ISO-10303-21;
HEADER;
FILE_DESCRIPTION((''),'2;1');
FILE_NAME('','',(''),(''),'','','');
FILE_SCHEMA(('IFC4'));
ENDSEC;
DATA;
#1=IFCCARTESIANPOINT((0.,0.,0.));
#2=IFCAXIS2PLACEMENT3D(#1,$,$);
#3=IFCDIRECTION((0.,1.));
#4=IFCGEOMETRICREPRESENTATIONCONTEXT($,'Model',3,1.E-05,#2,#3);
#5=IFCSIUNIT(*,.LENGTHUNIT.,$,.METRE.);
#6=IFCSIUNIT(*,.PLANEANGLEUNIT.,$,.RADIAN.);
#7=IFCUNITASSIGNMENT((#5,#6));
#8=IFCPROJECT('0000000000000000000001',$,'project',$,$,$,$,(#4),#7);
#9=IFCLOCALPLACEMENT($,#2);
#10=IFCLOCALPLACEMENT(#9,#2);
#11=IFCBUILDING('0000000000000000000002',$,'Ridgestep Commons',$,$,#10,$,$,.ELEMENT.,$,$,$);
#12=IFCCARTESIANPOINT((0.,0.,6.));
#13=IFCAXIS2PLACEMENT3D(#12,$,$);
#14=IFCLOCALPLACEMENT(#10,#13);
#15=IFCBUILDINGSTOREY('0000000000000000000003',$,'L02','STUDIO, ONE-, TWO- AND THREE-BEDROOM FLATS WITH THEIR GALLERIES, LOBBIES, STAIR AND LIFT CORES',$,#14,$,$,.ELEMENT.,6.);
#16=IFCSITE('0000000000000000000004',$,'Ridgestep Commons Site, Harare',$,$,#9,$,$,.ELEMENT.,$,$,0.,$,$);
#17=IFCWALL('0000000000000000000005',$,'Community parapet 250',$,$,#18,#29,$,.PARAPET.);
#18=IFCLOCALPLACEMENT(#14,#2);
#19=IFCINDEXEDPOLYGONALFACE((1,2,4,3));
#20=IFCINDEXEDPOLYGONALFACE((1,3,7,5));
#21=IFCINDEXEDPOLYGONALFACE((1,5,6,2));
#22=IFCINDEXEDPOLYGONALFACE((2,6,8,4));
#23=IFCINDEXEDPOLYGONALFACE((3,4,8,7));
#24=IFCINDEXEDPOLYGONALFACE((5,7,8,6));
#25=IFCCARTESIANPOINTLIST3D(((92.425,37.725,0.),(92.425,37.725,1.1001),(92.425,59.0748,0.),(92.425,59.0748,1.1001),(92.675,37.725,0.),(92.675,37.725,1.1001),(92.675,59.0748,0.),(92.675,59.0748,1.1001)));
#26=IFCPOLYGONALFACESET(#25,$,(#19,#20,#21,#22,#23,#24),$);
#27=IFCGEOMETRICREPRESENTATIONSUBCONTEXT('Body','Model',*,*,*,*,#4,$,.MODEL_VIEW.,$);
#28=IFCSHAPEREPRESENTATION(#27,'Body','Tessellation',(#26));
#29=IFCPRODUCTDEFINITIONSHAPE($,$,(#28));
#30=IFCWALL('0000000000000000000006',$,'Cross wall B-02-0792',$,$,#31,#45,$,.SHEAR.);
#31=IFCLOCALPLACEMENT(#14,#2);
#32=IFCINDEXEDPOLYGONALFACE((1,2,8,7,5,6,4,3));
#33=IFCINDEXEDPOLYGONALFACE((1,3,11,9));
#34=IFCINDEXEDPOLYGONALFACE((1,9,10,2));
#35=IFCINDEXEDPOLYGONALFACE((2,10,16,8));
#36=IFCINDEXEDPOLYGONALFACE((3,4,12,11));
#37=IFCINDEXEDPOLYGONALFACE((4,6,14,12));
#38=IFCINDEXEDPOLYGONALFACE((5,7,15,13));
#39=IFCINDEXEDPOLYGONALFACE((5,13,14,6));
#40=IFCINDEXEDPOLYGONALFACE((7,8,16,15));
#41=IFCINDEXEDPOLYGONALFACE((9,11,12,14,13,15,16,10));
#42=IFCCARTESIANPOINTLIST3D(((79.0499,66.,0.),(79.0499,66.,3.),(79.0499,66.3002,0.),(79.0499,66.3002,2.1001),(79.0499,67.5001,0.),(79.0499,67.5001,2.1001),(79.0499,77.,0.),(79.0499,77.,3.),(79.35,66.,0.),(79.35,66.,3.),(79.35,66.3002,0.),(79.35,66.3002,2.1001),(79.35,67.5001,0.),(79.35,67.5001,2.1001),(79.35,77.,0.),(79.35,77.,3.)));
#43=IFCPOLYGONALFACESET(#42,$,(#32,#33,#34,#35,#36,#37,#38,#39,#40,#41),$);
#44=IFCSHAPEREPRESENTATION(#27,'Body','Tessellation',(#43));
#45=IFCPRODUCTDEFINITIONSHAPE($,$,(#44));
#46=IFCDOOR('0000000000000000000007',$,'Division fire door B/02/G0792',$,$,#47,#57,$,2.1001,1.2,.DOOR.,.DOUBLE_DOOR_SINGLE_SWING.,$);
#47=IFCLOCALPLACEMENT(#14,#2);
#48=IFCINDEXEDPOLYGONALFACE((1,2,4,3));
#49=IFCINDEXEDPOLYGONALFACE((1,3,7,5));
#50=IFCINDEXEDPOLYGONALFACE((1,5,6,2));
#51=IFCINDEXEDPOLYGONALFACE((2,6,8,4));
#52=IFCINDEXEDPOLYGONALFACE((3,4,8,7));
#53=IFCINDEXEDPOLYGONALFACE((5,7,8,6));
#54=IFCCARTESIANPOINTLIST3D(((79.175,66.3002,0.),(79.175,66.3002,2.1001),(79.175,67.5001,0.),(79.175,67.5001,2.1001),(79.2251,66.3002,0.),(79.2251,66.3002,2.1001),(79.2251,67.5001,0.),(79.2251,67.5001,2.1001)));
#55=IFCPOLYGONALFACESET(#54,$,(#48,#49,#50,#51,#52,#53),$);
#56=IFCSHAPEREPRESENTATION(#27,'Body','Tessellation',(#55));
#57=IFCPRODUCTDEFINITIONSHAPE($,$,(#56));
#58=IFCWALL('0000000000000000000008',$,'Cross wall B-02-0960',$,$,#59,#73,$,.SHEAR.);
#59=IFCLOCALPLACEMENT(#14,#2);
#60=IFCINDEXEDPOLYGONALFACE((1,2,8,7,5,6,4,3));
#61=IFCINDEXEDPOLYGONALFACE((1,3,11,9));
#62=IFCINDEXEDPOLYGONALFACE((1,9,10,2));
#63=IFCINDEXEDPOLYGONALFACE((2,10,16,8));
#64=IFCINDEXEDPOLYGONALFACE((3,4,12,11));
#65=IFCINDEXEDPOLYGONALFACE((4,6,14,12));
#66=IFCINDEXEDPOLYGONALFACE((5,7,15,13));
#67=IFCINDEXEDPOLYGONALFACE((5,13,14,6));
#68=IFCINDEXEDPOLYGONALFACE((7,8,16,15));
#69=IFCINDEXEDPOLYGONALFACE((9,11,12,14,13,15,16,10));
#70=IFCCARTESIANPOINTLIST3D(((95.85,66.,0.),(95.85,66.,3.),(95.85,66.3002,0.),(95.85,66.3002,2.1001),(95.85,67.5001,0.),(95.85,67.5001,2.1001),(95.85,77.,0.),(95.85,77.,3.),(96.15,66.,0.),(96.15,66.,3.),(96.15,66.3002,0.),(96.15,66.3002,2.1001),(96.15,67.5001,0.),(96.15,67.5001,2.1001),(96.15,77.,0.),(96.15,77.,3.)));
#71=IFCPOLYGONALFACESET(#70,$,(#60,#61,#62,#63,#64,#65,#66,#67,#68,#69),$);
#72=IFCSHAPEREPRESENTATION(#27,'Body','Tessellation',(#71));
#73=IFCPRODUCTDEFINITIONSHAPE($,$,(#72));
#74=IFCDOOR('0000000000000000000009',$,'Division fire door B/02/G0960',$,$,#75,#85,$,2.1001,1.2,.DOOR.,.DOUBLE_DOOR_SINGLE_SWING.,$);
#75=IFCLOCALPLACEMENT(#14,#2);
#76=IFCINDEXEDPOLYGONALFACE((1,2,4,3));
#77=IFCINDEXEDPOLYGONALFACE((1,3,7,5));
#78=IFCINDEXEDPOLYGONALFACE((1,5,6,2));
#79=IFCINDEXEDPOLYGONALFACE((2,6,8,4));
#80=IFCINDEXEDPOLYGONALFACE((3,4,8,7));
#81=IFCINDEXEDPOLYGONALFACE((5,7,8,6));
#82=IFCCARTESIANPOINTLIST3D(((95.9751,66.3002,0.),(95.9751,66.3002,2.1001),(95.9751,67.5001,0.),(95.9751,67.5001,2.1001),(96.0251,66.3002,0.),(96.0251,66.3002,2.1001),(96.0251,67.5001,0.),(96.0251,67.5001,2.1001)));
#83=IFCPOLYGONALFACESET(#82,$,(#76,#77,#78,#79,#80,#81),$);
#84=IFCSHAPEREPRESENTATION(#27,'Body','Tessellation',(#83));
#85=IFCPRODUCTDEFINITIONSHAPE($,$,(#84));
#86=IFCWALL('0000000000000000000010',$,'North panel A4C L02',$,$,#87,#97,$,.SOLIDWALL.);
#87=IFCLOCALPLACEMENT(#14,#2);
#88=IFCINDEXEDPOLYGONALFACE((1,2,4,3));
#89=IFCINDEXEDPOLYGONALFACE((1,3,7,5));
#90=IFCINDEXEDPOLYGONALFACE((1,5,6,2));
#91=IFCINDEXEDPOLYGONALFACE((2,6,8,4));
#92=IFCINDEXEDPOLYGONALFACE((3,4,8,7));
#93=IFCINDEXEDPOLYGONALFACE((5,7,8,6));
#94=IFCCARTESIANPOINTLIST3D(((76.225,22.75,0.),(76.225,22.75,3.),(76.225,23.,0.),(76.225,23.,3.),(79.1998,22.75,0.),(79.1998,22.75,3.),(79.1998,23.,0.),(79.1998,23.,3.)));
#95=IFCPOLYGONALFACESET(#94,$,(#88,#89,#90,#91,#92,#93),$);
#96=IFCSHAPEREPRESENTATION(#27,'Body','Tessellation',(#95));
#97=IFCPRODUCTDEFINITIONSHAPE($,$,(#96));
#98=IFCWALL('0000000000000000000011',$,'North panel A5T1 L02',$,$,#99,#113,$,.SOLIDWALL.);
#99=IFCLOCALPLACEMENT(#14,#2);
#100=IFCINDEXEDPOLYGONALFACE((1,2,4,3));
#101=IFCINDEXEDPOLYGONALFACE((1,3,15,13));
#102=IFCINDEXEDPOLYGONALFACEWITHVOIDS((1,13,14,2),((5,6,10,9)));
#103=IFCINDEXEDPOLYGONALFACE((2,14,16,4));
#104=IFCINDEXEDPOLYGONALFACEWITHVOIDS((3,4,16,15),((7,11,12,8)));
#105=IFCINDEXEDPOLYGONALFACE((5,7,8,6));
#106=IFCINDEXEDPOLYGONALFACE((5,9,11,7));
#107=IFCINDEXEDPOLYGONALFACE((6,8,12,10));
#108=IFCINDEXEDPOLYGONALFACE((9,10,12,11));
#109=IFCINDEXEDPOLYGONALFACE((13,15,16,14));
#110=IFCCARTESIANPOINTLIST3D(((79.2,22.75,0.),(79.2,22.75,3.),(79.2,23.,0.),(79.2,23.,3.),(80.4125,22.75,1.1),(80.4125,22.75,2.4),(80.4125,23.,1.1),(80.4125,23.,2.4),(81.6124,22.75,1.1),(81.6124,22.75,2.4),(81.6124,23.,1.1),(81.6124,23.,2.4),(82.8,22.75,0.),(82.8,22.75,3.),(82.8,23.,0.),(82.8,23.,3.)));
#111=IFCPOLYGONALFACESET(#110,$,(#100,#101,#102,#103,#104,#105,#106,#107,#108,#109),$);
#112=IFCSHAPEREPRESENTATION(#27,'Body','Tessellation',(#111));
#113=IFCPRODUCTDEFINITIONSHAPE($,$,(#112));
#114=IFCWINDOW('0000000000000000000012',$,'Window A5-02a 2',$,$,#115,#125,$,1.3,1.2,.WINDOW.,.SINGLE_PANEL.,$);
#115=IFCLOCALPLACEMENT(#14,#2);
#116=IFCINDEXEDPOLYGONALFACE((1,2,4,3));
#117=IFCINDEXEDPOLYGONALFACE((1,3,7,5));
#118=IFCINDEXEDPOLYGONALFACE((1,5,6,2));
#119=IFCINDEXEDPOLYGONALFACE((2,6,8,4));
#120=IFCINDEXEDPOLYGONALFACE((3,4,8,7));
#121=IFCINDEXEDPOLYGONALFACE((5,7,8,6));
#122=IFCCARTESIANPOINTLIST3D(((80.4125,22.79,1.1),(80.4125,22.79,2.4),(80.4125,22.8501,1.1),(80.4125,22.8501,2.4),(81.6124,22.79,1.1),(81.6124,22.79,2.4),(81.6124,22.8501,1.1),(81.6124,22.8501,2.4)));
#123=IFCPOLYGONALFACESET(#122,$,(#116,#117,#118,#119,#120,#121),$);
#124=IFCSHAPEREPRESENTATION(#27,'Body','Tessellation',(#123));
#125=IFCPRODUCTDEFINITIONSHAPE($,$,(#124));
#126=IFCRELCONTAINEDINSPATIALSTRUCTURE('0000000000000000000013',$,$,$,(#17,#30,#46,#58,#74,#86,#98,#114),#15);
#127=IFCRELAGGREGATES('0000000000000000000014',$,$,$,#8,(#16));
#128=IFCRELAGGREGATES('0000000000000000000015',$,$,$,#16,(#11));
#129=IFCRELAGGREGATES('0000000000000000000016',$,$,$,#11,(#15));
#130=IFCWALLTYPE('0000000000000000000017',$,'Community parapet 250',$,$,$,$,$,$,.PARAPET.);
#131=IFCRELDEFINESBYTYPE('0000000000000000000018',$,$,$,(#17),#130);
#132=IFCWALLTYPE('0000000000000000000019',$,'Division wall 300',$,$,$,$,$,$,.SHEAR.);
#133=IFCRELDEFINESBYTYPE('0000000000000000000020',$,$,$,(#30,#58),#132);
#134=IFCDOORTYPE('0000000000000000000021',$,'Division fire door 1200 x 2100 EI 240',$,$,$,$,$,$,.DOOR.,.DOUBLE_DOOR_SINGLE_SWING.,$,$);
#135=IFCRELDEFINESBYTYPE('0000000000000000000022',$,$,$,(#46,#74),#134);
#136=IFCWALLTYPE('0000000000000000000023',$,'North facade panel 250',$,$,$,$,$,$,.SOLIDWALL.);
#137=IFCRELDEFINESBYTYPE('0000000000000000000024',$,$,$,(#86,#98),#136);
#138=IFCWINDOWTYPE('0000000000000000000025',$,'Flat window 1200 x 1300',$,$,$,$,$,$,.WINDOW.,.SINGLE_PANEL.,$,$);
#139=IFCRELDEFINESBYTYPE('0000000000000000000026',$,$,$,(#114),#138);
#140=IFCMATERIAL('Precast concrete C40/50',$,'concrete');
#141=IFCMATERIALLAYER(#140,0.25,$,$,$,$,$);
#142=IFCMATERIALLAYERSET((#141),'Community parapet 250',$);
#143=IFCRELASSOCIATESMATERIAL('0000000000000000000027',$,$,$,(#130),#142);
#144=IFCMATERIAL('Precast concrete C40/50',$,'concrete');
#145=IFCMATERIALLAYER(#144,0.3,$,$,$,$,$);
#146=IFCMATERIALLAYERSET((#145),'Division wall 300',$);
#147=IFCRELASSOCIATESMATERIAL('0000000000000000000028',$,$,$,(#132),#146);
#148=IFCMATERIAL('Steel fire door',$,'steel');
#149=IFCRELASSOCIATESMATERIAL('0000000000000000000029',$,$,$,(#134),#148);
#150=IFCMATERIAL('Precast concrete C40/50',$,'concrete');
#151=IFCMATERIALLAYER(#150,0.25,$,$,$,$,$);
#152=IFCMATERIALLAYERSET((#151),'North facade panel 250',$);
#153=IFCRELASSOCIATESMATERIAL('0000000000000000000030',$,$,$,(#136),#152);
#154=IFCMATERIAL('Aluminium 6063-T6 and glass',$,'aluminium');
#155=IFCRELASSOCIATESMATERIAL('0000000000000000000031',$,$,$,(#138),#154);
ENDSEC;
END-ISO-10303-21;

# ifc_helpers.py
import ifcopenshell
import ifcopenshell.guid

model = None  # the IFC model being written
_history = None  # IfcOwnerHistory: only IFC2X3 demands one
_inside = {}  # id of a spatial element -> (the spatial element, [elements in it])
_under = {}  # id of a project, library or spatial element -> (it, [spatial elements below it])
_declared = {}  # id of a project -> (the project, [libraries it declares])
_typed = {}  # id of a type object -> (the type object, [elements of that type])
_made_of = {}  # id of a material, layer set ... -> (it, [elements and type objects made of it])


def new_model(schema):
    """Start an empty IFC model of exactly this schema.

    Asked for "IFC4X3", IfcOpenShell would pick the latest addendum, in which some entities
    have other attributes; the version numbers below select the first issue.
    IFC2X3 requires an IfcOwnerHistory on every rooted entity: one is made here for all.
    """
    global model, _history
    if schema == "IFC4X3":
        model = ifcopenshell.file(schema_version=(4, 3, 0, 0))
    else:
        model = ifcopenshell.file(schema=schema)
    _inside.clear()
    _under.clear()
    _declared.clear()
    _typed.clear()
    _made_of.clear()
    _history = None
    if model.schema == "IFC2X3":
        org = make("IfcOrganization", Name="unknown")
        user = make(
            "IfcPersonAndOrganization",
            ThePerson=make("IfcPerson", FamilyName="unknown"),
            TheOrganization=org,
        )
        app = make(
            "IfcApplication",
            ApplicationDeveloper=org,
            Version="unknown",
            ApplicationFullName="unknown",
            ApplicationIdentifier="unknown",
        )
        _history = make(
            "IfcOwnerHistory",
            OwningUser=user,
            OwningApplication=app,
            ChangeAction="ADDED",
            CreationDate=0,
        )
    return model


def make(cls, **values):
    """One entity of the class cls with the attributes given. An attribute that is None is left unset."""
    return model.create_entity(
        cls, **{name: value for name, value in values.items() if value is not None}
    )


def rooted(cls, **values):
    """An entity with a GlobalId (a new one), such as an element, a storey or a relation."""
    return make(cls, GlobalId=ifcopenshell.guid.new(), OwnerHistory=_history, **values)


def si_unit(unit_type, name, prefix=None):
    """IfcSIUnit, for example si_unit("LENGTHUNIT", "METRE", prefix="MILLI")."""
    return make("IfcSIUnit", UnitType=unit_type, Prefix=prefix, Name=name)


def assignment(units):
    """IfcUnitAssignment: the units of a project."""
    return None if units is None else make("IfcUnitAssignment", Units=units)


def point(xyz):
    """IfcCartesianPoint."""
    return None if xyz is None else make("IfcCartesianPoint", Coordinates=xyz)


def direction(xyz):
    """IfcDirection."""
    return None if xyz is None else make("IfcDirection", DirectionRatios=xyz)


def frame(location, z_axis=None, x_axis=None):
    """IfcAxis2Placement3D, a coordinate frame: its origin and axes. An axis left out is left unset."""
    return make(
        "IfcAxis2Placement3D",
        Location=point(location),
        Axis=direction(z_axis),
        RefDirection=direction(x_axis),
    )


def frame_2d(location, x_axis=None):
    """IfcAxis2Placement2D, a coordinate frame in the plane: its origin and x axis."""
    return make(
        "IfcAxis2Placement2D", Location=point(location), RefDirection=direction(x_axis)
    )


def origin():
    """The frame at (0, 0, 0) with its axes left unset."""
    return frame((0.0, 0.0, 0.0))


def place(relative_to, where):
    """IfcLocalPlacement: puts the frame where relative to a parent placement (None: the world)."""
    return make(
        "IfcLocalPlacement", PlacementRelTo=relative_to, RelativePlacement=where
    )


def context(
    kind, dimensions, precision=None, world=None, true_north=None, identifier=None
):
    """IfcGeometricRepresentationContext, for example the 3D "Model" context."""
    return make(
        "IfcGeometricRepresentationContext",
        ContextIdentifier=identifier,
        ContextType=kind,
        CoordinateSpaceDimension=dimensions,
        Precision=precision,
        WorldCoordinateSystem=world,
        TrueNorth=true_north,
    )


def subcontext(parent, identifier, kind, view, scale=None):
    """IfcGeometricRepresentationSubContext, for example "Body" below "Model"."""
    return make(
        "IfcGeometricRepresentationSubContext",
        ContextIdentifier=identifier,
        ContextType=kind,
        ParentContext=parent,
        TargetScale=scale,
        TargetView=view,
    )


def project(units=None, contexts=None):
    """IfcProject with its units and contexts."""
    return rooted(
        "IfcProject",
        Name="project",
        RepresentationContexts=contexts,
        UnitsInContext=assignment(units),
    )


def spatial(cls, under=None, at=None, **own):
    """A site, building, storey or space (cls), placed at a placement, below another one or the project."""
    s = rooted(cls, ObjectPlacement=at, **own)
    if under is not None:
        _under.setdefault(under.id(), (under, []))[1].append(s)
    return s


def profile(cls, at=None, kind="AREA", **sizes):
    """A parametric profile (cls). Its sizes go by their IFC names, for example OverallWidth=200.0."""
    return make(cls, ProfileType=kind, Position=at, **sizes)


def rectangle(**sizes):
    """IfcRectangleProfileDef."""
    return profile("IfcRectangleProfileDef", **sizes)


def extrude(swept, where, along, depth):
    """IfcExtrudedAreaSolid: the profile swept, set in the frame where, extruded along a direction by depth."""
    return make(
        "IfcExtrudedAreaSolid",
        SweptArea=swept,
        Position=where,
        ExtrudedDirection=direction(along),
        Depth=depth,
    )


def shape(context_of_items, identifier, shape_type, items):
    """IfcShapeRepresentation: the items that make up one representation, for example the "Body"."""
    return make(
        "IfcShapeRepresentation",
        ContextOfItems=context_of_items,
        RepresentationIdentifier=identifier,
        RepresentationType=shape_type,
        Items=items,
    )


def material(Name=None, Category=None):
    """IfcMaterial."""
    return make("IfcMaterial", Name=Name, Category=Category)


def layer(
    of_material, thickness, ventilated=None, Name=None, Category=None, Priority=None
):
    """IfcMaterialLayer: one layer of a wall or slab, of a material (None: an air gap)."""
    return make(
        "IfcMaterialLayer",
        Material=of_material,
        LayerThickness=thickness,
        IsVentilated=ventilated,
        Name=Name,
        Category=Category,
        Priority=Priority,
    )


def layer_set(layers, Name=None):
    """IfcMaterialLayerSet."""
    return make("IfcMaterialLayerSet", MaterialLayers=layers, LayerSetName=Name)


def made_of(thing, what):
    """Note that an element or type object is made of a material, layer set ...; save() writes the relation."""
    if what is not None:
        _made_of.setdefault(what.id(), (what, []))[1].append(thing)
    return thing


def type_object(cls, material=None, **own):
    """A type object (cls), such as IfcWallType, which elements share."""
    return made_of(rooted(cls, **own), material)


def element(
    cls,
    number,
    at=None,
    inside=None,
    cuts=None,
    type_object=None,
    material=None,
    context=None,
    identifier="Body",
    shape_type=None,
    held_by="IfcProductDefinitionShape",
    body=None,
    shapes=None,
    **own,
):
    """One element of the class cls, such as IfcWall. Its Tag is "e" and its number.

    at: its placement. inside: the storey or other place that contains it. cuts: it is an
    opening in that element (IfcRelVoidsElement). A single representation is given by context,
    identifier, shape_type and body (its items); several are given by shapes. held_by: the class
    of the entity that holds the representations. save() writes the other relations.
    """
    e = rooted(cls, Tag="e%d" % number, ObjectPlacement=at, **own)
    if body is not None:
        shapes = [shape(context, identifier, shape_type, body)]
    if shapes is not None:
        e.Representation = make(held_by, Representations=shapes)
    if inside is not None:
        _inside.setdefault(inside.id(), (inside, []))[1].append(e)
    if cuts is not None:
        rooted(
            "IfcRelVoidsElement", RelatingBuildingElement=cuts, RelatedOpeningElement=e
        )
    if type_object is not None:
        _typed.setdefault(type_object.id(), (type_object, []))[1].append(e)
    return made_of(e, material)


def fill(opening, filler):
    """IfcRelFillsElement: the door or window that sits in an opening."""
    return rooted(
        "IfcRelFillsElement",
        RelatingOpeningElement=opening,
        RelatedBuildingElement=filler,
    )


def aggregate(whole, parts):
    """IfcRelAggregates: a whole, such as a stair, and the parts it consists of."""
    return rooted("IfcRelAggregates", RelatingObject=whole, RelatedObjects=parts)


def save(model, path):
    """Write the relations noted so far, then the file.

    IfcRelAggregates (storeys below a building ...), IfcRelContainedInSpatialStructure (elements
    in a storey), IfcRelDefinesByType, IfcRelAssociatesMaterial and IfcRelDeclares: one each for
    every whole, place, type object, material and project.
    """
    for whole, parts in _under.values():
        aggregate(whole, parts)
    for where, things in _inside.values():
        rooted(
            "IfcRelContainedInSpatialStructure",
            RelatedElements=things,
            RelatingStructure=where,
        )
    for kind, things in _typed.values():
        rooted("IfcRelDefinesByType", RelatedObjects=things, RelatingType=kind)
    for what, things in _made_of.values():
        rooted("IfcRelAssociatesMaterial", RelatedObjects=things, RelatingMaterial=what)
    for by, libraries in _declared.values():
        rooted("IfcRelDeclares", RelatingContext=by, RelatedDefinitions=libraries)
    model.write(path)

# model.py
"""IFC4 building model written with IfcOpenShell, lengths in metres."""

from ifc_helpers import new_model, si_unit, direction, frame, frame_2d, origin, place, context, subcontext, project, spatial, rectangle, extrude, material, layer, layer_set, type_object, element, fill, save


model = new_model("IFC4")

# Units and contexts
model_context = context("Model", 3, precision=1e-05, world=origin(), true_north=direction((0.0, 1.0)))
body_context = subcontext(model_context, "Body", "Model", "MODEL_VIEW")
ifc_project = project(units=[si_unit("LENGTHUNIT", "METRE"), si_unit("PLANEANGLEUNIT", "RADIAN")], contexts=[model_context])

# Site, building, storey
site_placement = place(None, origin())
site = spatial("IfcSite", under=ifc_project, at=site_placement, Name="Ridgestep Commons Site, Harare", CompositionType="ELEMENT", RefElevation=0.0)
building_placement = place(site_placement, origin())
building = spatial("IfcBuilding", under=site, at=building_placement, Name="Ridgestep Commons", CompositionType="ELEMENT")
storey_placement = place(building_placement, frame((0.0, 0.0, 6.0)))
storey = spatial("IfcBuildingStorey", under=building, at=storey_placement, Name="L02", Description="STUDIO, ONE-, TWO- AND THREE-BEDROOM FLATS WITH THEIR GALLERIES, LOBBIES, STAIR AND LIFT CORES", CompositionType="ELEMENT", Elevation=6.0)

# Wall
ifc_material_1 = material(Name="Precast concrete C40/50", Category="concrete")
ifc_layer_1 = layer(ifc_material_1, 0.25)
ifc_layer_set_1 = layer_set([ifc_layer_1], Name="Community parapet 250")
wall_type_1 = type_object("IfcWallType", Name="Community parapet 250", PredefinedType="PARAPET", material=ifc_layer_set_1)
wall_1_placement = place(storey_placement, frame((92.55, 37.7251, 0.0), z_axis=(0.0, 0.0, 1.0), x_axis=(0.0, 1.0, 0.0)))
element("IfcWall", 1, at=wall_1_placement, inside=storey, type_object=wall_type_1, Name="Community parapet 250", PredefinedType="PARAPET", context=body_context, shape_type="SweptSolid", body=[
    extrude(rectangle(XDim=21.3499, YDim=0.25, at=frame_2d((10.6748, 0.0))), origin(), (0.0, 0.0, 1.0), 1.1001),
])

# Walls, openings, doors
ifc_material_2 = material(Name="Precast concrete C40/50", Category="concrete")
ifc_layer_2 = layer(ifc_material_2, 0.3)
ifc_layer_set_2 = layer_set([ifc_layer_2], Name="Division wall 300")
wall_type_2 = type_object("IfcWallType", Name="Division wall 300", PredefinedType="SHEAR", material=ifc_layer_set_2)
wall_2_placement = place(storey_placement, frame((79.2, 66.0, 0.0), z_axis=(0.0, 0.0, 1.0), x_axis=(0.0, 1.0, 0.0)))
wall_2 = element("IfcWall", 2, at=wall_2_placement, inside=storey, type_object=wall_type_2, Name="Cross wall B-02-0792", PredefinedType="SHEAR", context=body_context, shape_type="SweptSolid", body=[
    extrude(rectangle(XDim=11.0, YDim=0.3, at=frame_2d((5.5, 0.0))), origin(), (0.0, 0.0, 1.0), 3.0),
])
opening_1_placement = place(wall_2_placement, frame((0.3, 0.0, 0.0)))
opening_1 = element("IfcOpeningElement", 3, at=opening_1_placement, cuts=wall_2, PredefinedType="OPENING", context=body_context, shape_type="SweptSolid", body=[
    extrude(rectangle(XDim=1.2, YDim=2.1001, at=frame_2d((0.6001, 1.05))), frame((0.0, 0.1599, 0.0), z_axis=(0.0, -1.0, 0.0), x_axis=(1.0, 0.0, 0.0)), (0.0, 0.0, 1.0), 0.3201),
])
ifc_material_3 = material(Name="Steel fire door", Category="steel")
door_type_1 = type_object("IfcDoorType", Name="Division fire door 1200 x 2100 EI 240", OperationType="DOUBLE_DOOR_SINGLE_SWING", PredefinedType="DOOR", material=ifc_material_3)
door_1_placement = place(opening_1_placement, origin())
door_1 = element("IfcDoor", 4, at=door_1_placement, inside=storey, type_object=door_type_1, Name="Division fire door B/02/G0792", OperationType="DOUBLE_DOOR_SINGLE_SWING", OverallHeight=2.1001, OverallWidth=1.2, PredefinedType="DOOR", context=body_context, shape_type="SweptSolid", body=[
    extrude(rectangle(XDim=1.2, YDim=2.1001, at=frame_2d((0.6001, 1.05))), frame((0.0, 0.0249, 0.0), z_axis=(0.0, -1.0, 0.0), x_axis=(1.0, 0.0, 0.0)), (0.0, 0.0, 1.0), 0.05),
])
fill(opening_1, door_1)
wall_3_placement = place(storey_placement, frame((96.0, 66.0, 0.0), z_axis=(0.0, 0.0, 1.0), x_axis=(0.0, 1.0, 0.0)))
wall_3 = element("IfcWall", 5, at=wall_3_placement, inside=storey, type_object=wall_type_2, Name="Cross wall B-02-0960", PredefinedType="SHEAR", context=body_context, shape_type="SweptSolid", body=[
    extrude(rectangle(XDim=11.0, YDim=0.3, at=frame_2d((5.5, 0.0))), origin(), (0.0, 0.0, 1.0), 3.0),
])
opening_2_placement = place(wall_3_placement, frame((0.3, 0.0, 0.0)))
opening_2 = element("IfcOpeningElement", 6, at=opening_2_placement, cuts=wall_3, PredefinedType="OPENING", context=body_context, shape_type="SweptSolid", body=[
    extrude(rectangle(XDim=1.2, YDim=2.1001, at=frame_2d((0.6001, 1.05))), frame((0.0, 0.1599, 0.0), z_axis=(0.0, -1.0, 0.0), x_axis=(1.0, 0.0, 0.0)), (0.0, 0.0, 1.0), 0.3201),
])
door_2_placement = place(opening_2_placement, origin())
door_2 = element("IfcDoor", 7, at=door_2_placement, inside=storey, type_object=door_type_1, Name="Division fire door B/02/G0960", OperationType="DOUBLE_DOOR_SINGLE_SWING", OverallHeight=2.1001, OverallWidth=1.2, PredefinedType="DOOR", context=body_context, shape_type="SweptSolid", body=[
    extrude(rectangle(XDim=1.2, YDim=2.1001, at=frame_2d((0.6001, 1.05))), frame((0.0, 0.0249, 0.0), z_axis=(0.0, -1.0, 0.0), x_axis=(1.0, 0.0, 0.0)), (0.0, 0.0, 1.0), 0.05),
])
fill(opening_2, door_2)

# Wall
ifc_material_4 = material(Name="Precast concrete C40/50", Category="concrete")
ifc_layer_3 = layer(ifc_material_4, 0.25)
ifc_layer_set_3 = layer_set([ifc_layer_3], Name="North facade panel 250")
wall_type_3 = type_object("IfcWallType", Name="North facade panel 250", PredefinedType="SOLIDWALL", material=ifc_layer_set_3)
wall_4_placement = place(storey_placement, frame((76.2251, 22.875, 0.0), z_axis=(0.0, 0.0, 1.0), x_axis=(1.0, 0.0, 0.0)))
element("IfcWall", 8, at=wall_4_placement, inside=storey, type_object=wall_type_3, Name="North panel A4C L02", PredefinedType="SOLIDWALL", context=body_context, shape_type="SweptSolid", body=[
    extrude(rectangle(XDim=2.9749, YDim=0.25, at=frame_2d((1.4873, 0.0))), origin(), (0.0, 0.0, 1.0), 3.0),
])

# Wall, opening, window
wall_5_placement = place(storey_placement, frame((79.2, 22.875, 0.0), z_axis=(0.0, 0.0, 1.0), x_axis=(1.0, 0.0, 0.0)))
wall_5 = element("IfcWall", 9, at=wall_5_placement, inside=storey, type_object=wall_type_3, Name="North panel A5T1 L02", PredefinedType="SOLIDWALL", context=body_context, shape_type="SweptSolid", body=[
    extrude(rectangle(XDim=3.6001, YDim=0.25, at=frame_2d((1.8, 0.0))), origin(), (0.0, 0.0, 1.0), 3.0),
])
opening_3_placement = place(wall_5_placement, frame((1.2124, 0.0, 1.1001)))
opening_3 = element("IfcOpeningElement", 10, at=opening_3_placement, cuts=wall_5, PredefinedType="OPENING", context=body_context, shape_type="SweptSolid", body=[
    extrude(rectangle(XDim=1.2, YDim=1.3, at=frame_2d((0.6001, 0.6499))), frame((0.0, 0.135, 0.0), z_axis=(0.0, -1.0, 0.0), x_axis=(1.0, 0.0, 0.0)), (0.0, 0.0, 1.0), 0.27),
])
ifc_material_5 = material(Name="Aluminium 6063-T6 and glass", Category="aluminium")
window_type_1 = type_object("IfcWindowType", Name="Flat window 1200 x 1300", PartitioningType="SINGLE_PANEL", PredefinedType="WINDOW", material=ifc_material_5)
window_1_placement = place(opening_3_placement, origin())
window_1 = element("IfcWindow", 11, at=window_1_placement, inside=storey, type_object=window_type_1, Name="Window A5-02a 2", OverallHeight=1.3, OverallWidth=1.2, PartitioningType="SINGLE_PANEL", PredefinedType="WINDOW", context=body_context, shape_type="SweptSolid", body=[
    extrude(rectangle(XDim=1.2, YDim=1.3, at=frame_2d((0.6001, 0.6499))), frame((0.0, -0.0249, 0.0), z_axis=(0.0, -1.0, 0.0), x_axis=(1.0, 0.0, 0.0)), (0.0, 0.0, 1.0), 0.0601),
])
fill(opening_3, window_1)

save(model, "model.ifc")
